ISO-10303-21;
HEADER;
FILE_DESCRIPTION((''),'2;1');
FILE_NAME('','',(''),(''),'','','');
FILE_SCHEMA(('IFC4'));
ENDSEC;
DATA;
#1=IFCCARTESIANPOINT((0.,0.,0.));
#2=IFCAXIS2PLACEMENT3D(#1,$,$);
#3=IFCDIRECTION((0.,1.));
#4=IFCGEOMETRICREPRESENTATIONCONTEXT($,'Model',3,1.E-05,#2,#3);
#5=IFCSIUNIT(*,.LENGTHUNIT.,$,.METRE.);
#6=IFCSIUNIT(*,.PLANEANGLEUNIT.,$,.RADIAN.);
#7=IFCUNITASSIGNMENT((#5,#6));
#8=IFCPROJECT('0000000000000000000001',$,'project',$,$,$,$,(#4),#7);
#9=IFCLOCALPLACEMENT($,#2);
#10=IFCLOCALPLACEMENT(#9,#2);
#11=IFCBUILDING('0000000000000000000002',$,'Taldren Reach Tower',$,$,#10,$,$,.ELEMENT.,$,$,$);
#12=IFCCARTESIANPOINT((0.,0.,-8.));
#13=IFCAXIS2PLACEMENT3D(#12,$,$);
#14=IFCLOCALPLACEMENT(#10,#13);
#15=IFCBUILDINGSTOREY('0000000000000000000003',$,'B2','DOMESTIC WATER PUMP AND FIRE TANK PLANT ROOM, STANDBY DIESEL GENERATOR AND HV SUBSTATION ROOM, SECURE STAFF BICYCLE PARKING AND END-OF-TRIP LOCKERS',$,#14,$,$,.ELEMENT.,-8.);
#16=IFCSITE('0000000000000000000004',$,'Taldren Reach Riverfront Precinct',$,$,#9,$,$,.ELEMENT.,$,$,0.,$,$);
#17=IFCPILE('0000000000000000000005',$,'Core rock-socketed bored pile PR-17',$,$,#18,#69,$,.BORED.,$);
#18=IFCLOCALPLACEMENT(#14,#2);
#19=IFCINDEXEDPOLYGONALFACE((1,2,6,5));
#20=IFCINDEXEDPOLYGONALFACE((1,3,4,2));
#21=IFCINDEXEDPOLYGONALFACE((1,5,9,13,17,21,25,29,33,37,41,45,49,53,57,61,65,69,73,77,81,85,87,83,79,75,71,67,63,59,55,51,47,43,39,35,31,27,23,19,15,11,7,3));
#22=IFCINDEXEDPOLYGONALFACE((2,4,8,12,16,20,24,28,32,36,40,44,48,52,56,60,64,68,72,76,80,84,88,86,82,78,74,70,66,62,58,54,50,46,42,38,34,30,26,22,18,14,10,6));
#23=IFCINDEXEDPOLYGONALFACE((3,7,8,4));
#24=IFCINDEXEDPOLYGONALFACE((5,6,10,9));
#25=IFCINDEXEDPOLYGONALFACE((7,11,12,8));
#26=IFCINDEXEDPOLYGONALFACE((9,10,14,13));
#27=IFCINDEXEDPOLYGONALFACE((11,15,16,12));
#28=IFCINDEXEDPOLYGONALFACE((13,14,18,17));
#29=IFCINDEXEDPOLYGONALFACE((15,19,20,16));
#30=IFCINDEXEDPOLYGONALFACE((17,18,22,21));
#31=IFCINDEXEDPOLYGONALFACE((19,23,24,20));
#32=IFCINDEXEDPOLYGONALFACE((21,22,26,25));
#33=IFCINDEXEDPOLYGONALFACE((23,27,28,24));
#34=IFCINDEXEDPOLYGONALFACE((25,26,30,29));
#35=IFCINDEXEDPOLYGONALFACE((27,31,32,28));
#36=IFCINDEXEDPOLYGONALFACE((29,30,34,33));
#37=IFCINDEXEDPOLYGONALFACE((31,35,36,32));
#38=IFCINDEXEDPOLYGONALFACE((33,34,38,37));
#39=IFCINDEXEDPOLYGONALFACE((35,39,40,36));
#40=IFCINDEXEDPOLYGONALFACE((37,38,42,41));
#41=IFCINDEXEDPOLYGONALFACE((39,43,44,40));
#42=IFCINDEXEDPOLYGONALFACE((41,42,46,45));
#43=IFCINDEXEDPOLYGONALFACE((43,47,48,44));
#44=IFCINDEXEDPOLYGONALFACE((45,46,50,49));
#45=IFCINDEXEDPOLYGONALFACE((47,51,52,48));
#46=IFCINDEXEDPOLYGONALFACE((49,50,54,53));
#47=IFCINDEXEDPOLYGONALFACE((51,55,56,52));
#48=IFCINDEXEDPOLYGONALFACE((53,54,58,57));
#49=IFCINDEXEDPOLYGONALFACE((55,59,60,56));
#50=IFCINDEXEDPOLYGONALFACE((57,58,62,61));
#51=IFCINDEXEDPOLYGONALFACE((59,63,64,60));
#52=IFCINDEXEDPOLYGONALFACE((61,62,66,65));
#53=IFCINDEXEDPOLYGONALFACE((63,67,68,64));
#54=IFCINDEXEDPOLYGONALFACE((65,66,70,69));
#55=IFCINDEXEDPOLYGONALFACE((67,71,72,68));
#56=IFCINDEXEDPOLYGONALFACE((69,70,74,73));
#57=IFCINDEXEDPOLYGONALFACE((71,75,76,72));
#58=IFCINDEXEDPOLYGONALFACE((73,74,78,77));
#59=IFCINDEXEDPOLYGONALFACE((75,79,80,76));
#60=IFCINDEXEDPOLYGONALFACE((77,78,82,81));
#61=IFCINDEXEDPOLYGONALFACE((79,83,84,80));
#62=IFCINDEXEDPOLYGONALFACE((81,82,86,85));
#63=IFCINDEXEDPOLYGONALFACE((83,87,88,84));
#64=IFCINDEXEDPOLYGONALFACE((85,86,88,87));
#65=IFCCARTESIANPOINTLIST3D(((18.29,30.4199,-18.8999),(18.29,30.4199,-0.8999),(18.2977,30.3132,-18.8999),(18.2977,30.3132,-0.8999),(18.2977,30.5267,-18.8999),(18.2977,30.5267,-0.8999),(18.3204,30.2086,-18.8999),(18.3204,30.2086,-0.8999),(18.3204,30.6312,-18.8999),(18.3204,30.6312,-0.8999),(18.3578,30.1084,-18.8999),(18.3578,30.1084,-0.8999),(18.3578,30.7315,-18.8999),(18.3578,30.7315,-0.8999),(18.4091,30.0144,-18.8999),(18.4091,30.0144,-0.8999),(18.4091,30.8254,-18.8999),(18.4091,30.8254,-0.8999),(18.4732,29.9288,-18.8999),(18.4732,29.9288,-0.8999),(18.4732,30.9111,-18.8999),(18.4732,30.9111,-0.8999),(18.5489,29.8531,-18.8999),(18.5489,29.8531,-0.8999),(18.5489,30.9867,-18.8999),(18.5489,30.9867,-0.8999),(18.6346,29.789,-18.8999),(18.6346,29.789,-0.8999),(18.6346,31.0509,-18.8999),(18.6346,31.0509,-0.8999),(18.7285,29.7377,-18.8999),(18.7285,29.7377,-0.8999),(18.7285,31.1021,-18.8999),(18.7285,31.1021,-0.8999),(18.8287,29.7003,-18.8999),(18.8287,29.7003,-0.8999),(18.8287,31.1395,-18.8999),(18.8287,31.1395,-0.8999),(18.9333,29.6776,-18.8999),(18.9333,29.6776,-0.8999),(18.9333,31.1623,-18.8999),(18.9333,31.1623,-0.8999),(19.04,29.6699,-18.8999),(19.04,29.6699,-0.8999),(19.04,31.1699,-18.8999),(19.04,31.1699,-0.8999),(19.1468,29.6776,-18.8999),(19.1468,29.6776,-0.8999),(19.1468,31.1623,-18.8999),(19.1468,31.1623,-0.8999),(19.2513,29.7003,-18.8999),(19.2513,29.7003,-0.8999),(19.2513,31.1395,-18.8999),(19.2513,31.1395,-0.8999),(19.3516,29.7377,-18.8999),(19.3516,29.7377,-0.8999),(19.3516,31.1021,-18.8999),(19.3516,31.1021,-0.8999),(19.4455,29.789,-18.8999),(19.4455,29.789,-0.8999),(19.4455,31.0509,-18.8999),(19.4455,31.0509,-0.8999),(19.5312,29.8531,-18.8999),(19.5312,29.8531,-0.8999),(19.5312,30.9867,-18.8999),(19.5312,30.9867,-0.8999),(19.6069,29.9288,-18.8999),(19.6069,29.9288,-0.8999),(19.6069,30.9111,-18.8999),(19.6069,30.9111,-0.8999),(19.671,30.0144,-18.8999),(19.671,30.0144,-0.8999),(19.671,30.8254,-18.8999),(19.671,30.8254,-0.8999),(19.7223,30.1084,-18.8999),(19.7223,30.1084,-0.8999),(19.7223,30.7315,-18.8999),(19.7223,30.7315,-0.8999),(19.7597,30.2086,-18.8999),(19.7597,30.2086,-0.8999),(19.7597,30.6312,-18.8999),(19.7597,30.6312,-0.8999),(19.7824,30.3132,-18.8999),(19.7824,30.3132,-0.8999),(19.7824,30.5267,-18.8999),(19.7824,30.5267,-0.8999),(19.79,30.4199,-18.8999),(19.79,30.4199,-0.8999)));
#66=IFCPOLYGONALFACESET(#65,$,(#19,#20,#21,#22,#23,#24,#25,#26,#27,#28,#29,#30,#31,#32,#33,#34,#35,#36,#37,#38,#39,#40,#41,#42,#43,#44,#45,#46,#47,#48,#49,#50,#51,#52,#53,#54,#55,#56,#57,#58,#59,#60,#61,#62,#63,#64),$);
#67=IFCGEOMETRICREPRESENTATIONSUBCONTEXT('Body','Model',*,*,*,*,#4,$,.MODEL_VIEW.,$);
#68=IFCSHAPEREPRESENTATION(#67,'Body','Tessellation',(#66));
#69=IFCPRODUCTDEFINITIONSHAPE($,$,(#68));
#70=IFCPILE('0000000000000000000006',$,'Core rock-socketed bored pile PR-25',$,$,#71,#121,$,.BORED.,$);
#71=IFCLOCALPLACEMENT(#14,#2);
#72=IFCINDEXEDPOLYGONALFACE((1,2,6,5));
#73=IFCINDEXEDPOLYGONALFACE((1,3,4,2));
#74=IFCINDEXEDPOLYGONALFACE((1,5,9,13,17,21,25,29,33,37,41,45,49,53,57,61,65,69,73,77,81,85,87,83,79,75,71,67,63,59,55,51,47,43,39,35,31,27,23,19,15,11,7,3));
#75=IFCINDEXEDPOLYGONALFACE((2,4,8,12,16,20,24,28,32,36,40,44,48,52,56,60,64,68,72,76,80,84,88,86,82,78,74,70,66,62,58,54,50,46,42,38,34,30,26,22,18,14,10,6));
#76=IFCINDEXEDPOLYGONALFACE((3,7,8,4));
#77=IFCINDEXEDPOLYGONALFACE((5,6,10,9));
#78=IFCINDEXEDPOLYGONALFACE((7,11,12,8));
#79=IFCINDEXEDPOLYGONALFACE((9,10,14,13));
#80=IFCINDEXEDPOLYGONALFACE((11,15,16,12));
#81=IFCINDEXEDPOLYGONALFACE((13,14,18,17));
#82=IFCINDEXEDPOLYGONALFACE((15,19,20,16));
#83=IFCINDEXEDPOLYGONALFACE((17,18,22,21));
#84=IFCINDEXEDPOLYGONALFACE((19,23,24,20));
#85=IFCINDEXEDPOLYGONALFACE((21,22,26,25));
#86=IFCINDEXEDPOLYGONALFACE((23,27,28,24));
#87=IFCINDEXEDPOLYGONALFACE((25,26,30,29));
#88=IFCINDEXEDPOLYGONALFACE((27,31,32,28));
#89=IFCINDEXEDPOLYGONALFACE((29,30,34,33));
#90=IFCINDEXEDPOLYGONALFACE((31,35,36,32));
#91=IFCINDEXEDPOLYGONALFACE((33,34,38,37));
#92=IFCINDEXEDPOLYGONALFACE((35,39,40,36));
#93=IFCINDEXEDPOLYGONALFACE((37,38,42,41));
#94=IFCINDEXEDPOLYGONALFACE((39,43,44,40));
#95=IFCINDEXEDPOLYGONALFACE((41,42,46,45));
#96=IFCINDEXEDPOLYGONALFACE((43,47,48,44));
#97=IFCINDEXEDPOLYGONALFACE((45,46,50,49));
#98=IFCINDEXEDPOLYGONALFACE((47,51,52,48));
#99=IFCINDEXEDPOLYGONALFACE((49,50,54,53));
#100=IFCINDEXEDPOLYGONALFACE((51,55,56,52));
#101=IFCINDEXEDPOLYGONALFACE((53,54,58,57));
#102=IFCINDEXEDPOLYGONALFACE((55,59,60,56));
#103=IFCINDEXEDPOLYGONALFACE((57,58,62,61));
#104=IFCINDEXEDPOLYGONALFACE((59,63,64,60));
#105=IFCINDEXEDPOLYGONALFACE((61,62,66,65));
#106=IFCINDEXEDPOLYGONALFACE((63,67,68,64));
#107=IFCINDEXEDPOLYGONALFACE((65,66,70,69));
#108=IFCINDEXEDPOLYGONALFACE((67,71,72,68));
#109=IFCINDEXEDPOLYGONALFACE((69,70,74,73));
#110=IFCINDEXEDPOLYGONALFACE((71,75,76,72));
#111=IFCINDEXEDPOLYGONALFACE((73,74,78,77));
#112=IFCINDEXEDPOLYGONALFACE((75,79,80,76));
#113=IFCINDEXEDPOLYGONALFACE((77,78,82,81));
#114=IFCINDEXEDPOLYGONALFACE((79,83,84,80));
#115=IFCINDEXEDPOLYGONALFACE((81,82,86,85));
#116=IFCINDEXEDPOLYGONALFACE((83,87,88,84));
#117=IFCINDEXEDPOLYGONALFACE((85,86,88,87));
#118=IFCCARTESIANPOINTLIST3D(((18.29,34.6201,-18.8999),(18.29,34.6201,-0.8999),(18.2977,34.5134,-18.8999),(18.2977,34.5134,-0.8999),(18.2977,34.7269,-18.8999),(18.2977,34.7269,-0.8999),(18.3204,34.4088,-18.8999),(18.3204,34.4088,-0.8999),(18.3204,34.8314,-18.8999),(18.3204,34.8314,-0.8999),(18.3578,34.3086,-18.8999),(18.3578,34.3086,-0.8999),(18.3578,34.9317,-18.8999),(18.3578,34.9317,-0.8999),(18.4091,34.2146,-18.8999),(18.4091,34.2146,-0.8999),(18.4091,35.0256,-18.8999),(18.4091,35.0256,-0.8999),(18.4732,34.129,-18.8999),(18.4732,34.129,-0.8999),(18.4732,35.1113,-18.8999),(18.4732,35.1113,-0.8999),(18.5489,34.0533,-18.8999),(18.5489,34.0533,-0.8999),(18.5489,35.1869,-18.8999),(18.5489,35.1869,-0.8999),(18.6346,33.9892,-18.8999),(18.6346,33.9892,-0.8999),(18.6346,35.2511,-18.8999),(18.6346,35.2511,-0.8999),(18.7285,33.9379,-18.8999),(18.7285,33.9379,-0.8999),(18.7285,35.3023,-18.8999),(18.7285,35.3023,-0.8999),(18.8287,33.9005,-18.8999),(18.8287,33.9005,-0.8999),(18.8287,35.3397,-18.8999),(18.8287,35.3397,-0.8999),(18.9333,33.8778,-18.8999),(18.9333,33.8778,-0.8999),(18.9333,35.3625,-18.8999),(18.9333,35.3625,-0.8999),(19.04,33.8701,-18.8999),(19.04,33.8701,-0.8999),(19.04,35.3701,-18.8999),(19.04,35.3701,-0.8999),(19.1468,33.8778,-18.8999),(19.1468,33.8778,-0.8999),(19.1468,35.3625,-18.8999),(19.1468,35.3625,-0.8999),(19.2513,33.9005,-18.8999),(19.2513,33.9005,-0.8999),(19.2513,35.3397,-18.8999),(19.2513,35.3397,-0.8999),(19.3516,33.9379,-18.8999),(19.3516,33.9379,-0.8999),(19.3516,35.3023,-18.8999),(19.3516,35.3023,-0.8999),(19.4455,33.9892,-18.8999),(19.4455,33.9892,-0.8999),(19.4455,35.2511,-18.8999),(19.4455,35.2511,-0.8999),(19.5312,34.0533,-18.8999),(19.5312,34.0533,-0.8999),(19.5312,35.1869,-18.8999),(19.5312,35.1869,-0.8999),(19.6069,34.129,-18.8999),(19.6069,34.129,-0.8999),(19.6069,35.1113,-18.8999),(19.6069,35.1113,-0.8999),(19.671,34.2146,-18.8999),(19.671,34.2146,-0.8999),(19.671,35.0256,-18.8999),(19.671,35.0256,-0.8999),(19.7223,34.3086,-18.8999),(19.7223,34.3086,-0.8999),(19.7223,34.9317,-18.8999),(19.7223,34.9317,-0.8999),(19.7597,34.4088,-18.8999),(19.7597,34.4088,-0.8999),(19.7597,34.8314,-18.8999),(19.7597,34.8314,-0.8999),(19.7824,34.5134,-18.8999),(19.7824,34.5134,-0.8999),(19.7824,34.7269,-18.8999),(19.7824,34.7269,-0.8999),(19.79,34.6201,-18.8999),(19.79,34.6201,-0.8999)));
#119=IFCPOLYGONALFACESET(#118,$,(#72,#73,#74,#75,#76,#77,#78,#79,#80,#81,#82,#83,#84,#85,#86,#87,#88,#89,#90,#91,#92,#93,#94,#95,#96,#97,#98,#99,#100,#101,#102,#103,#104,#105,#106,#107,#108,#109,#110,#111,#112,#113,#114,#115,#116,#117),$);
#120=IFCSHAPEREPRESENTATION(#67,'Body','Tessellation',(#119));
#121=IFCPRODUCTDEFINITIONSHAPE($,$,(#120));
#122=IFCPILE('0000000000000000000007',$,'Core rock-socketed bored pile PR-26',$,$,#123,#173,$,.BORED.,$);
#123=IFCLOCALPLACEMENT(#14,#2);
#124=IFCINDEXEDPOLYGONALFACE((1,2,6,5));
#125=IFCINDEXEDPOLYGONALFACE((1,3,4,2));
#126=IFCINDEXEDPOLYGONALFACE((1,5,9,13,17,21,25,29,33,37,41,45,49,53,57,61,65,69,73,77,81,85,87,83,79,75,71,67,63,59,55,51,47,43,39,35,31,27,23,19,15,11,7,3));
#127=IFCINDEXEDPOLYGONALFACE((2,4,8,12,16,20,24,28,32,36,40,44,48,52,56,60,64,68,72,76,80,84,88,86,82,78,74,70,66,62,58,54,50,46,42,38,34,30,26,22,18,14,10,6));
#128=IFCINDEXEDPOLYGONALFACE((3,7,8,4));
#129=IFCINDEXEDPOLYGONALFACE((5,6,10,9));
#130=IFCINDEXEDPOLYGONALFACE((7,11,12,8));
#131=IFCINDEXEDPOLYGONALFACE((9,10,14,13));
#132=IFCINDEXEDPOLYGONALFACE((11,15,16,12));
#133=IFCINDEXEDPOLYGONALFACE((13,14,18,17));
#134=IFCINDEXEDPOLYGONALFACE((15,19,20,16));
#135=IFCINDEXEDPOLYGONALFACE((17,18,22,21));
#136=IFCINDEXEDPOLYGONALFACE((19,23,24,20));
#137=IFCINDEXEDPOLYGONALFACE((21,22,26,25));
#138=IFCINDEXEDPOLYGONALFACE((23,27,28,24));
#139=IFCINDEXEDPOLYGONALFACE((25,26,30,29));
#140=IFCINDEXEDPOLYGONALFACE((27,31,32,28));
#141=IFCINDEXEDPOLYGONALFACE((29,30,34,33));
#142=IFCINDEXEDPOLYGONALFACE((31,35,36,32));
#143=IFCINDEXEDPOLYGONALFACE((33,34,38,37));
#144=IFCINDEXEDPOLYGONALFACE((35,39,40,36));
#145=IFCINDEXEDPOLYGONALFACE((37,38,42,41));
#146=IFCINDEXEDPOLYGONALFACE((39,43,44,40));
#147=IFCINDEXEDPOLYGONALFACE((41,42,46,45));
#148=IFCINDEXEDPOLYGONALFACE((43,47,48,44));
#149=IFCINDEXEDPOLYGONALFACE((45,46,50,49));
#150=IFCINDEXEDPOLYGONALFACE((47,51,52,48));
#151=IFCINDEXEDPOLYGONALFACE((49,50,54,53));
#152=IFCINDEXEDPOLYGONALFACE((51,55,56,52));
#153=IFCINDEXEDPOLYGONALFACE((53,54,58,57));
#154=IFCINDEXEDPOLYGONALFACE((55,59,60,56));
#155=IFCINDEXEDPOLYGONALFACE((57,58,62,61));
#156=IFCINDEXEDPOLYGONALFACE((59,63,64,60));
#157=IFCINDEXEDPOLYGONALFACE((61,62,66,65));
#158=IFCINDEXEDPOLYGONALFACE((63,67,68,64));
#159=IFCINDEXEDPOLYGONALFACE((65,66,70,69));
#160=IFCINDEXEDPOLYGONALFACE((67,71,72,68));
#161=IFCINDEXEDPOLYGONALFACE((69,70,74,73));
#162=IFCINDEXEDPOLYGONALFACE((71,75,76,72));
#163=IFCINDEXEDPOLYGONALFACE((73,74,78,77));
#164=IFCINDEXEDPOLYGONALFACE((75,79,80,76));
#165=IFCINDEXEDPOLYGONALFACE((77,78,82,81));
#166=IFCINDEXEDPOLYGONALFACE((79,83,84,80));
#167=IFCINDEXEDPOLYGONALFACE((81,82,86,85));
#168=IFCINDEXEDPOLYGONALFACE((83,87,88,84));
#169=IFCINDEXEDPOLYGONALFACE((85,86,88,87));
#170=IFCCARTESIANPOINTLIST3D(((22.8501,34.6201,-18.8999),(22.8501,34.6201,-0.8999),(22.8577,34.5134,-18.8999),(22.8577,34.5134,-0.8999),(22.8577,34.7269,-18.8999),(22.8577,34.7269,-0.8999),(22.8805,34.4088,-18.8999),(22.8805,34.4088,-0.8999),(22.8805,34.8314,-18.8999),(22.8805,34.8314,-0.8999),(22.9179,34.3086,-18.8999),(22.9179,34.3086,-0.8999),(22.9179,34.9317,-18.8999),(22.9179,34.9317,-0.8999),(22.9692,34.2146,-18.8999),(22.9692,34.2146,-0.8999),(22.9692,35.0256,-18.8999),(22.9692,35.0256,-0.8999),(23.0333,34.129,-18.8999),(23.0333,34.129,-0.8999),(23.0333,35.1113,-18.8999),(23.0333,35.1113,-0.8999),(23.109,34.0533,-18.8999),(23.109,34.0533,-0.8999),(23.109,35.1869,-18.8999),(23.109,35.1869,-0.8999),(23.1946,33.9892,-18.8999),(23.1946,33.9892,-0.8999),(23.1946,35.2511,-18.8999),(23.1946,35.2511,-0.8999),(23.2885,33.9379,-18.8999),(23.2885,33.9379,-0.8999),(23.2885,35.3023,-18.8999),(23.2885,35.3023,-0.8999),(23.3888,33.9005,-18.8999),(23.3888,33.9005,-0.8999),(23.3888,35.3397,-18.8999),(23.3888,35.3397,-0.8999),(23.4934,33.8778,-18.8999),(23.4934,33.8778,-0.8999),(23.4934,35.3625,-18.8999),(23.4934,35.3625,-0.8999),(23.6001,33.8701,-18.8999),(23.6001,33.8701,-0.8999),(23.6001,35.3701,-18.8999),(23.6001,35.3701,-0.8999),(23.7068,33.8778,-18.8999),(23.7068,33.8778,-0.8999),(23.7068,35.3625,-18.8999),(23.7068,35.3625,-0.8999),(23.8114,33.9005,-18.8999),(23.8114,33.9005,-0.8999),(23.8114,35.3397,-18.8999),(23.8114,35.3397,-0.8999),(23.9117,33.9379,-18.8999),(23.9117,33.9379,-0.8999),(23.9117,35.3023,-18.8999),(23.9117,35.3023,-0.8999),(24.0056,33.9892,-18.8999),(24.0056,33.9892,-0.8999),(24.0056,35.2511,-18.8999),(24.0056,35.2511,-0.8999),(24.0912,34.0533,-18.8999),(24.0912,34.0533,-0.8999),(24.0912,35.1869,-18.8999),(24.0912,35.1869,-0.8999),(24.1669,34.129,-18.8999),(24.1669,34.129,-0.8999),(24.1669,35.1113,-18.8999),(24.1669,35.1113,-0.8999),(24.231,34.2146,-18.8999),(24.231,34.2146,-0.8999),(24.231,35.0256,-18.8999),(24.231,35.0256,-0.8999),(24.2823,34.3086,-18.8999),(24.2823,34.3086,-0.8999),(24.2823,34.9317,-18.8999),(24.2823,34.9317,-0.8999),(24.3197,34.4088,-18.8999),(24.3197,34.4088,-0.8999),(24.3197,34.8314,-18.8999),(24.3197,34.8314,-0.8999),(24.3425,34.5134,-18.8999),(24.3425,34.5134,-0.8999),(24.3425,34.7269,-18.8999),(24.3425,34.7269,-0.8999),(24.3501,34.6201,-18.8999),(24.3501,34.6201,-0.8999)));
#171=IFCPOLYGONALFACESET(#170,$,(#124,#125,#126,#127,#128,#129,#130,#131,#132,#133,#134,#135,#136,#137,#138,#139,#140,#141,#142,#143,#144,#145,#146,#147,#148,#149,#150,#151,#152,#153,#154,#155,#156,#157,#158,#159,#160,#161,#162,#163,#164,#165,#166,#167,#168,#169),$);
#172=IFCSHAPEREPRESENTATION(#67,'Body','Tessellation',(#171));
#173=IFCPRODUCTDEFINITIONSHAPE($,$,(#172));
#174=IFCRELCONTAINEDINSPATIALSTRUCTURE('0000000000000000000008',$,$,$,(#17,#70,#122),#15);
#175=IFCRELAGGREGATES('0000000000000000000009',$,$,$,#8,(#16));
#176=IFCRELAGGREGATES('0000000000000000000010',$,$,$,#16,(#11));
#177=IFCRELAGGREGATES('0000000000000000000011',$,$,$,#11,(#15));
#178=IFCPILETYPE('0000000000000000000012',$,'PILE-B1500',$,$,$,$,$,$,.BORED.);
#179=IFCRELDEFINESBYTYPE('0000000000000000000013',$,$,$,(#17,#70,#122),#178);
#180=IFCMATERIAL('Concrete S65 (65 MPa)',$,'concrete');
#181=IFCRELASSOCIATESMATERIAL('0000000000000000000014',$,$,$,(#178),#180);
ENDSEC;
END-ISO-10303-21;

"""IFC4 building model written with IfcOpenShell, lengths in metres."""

from ifc_helpers import new_model, si_unit, direction, frame, origin, origin_2d, place, context, subcontext, project, spatial, circle, extrude, source, transform, mapped, material, material_profile, profile_set, type_object, element, save


model = new_model("IFC4")

# Units and contexts
model_context = context("Model", 3, precision=1e-05, world=origin(), true_north=direction((0.0, 1.0)))
body_context = subcontext(model_context, "Body", "Model", "MODEL_VIEW")
ifc_project = project(units=[si_unit("LENGTHUNIT", "METRE"), si_unit("PLANEANGLEUNIT", "RADIAN")], contexts=[model_context])

# Site, building, storey
site_placement = place(None, origin())
site = spatial("IfcSite", under=ifc_project, at=site_placement, Name="Taldren Reach Riverfront Precinct", CompositionType="ELEMENT", RefElevation=0.0)
building_placement = place(site_placement, origin())
building = spatial("IfcBuilding", under=site, at=building_placement, Name="Taldren Reach Tower", CompositionType="ELEMENT")
storey_placement = place(building_placement, frame((0.0, 0.0, -8.0)))
storey = spatial("IfcBuildingStorey", under=building, at=storey_placement, Name="B2", Description="DOMESTIC WATER PUMP AND FIRE TANK PLANT ROOM, STANDBY DIESEL GENERATOR AND HV SUBSTATION ROOM, SECURE STAFF BICYCLE PARKING AND END-OF-TRIP LOCKERS", CompositionType="ELEMENT", Elevation=-8.0)

# Piles
ifc_material_1 = material(Name="Concrete S65 (65 MPa)", Category="concrete")
ifc_material_profile_1 = material_profile(ifc_material_1, circle(Radius=0.75, at=origin_2d()), Name="PB-1500")
ifc_profile_set_1 = profile_set([ifc_material_profile_1], Name="Concrete S65 (65 MPa)")
pile_type_1 = type_object("IfcPileType", Name="PILE-B1500", PredefinedType="BORED", material=ifc_profile_set_1)
shared_shape_1 = source(origin(), body_context, "Body", "SweptSolid", [
    extrude(circle(Radius=0.75, at=origin_2d()), origin(), (0.0, 0.0, 1.0), 18.0),
])
for number, where, z_axis, x_axis, name in (
    (1, (19.04, 30.4199, -0.8999), (0.0, 0.0, -1.0), (1.0, 0.0, 0.0), "Core rock-socketed bored pile PR-17"),
    (2, (19.04, 34.6201, -0.8999), (0.0, 0.0, -1.0), (1.0, 0.0, 0.0), "Core rock-socketed bored pile PR-25"),
    (3, (23.6001, 34.6201, -0.8999), (0.0, 0.0, -1.0), (1.0, 0.0, 0.0), "Core rock-socketed bored pile PR-26"),
):
    element("IfcPile", number, at=place(storey_placement, frame(where, z_axis=z_axis, x_axis=x_axis)), inside=storey, type_object=pile_type_1, Name=name, PredefinedType="BORED", context=body_context, shape_type="MappedRepresentation", body=[
        mapped(shared_shape_1, transform((0.0, 0.0, 0.0), scale=1.0)),
    ])

save(model, "model.ifc")
